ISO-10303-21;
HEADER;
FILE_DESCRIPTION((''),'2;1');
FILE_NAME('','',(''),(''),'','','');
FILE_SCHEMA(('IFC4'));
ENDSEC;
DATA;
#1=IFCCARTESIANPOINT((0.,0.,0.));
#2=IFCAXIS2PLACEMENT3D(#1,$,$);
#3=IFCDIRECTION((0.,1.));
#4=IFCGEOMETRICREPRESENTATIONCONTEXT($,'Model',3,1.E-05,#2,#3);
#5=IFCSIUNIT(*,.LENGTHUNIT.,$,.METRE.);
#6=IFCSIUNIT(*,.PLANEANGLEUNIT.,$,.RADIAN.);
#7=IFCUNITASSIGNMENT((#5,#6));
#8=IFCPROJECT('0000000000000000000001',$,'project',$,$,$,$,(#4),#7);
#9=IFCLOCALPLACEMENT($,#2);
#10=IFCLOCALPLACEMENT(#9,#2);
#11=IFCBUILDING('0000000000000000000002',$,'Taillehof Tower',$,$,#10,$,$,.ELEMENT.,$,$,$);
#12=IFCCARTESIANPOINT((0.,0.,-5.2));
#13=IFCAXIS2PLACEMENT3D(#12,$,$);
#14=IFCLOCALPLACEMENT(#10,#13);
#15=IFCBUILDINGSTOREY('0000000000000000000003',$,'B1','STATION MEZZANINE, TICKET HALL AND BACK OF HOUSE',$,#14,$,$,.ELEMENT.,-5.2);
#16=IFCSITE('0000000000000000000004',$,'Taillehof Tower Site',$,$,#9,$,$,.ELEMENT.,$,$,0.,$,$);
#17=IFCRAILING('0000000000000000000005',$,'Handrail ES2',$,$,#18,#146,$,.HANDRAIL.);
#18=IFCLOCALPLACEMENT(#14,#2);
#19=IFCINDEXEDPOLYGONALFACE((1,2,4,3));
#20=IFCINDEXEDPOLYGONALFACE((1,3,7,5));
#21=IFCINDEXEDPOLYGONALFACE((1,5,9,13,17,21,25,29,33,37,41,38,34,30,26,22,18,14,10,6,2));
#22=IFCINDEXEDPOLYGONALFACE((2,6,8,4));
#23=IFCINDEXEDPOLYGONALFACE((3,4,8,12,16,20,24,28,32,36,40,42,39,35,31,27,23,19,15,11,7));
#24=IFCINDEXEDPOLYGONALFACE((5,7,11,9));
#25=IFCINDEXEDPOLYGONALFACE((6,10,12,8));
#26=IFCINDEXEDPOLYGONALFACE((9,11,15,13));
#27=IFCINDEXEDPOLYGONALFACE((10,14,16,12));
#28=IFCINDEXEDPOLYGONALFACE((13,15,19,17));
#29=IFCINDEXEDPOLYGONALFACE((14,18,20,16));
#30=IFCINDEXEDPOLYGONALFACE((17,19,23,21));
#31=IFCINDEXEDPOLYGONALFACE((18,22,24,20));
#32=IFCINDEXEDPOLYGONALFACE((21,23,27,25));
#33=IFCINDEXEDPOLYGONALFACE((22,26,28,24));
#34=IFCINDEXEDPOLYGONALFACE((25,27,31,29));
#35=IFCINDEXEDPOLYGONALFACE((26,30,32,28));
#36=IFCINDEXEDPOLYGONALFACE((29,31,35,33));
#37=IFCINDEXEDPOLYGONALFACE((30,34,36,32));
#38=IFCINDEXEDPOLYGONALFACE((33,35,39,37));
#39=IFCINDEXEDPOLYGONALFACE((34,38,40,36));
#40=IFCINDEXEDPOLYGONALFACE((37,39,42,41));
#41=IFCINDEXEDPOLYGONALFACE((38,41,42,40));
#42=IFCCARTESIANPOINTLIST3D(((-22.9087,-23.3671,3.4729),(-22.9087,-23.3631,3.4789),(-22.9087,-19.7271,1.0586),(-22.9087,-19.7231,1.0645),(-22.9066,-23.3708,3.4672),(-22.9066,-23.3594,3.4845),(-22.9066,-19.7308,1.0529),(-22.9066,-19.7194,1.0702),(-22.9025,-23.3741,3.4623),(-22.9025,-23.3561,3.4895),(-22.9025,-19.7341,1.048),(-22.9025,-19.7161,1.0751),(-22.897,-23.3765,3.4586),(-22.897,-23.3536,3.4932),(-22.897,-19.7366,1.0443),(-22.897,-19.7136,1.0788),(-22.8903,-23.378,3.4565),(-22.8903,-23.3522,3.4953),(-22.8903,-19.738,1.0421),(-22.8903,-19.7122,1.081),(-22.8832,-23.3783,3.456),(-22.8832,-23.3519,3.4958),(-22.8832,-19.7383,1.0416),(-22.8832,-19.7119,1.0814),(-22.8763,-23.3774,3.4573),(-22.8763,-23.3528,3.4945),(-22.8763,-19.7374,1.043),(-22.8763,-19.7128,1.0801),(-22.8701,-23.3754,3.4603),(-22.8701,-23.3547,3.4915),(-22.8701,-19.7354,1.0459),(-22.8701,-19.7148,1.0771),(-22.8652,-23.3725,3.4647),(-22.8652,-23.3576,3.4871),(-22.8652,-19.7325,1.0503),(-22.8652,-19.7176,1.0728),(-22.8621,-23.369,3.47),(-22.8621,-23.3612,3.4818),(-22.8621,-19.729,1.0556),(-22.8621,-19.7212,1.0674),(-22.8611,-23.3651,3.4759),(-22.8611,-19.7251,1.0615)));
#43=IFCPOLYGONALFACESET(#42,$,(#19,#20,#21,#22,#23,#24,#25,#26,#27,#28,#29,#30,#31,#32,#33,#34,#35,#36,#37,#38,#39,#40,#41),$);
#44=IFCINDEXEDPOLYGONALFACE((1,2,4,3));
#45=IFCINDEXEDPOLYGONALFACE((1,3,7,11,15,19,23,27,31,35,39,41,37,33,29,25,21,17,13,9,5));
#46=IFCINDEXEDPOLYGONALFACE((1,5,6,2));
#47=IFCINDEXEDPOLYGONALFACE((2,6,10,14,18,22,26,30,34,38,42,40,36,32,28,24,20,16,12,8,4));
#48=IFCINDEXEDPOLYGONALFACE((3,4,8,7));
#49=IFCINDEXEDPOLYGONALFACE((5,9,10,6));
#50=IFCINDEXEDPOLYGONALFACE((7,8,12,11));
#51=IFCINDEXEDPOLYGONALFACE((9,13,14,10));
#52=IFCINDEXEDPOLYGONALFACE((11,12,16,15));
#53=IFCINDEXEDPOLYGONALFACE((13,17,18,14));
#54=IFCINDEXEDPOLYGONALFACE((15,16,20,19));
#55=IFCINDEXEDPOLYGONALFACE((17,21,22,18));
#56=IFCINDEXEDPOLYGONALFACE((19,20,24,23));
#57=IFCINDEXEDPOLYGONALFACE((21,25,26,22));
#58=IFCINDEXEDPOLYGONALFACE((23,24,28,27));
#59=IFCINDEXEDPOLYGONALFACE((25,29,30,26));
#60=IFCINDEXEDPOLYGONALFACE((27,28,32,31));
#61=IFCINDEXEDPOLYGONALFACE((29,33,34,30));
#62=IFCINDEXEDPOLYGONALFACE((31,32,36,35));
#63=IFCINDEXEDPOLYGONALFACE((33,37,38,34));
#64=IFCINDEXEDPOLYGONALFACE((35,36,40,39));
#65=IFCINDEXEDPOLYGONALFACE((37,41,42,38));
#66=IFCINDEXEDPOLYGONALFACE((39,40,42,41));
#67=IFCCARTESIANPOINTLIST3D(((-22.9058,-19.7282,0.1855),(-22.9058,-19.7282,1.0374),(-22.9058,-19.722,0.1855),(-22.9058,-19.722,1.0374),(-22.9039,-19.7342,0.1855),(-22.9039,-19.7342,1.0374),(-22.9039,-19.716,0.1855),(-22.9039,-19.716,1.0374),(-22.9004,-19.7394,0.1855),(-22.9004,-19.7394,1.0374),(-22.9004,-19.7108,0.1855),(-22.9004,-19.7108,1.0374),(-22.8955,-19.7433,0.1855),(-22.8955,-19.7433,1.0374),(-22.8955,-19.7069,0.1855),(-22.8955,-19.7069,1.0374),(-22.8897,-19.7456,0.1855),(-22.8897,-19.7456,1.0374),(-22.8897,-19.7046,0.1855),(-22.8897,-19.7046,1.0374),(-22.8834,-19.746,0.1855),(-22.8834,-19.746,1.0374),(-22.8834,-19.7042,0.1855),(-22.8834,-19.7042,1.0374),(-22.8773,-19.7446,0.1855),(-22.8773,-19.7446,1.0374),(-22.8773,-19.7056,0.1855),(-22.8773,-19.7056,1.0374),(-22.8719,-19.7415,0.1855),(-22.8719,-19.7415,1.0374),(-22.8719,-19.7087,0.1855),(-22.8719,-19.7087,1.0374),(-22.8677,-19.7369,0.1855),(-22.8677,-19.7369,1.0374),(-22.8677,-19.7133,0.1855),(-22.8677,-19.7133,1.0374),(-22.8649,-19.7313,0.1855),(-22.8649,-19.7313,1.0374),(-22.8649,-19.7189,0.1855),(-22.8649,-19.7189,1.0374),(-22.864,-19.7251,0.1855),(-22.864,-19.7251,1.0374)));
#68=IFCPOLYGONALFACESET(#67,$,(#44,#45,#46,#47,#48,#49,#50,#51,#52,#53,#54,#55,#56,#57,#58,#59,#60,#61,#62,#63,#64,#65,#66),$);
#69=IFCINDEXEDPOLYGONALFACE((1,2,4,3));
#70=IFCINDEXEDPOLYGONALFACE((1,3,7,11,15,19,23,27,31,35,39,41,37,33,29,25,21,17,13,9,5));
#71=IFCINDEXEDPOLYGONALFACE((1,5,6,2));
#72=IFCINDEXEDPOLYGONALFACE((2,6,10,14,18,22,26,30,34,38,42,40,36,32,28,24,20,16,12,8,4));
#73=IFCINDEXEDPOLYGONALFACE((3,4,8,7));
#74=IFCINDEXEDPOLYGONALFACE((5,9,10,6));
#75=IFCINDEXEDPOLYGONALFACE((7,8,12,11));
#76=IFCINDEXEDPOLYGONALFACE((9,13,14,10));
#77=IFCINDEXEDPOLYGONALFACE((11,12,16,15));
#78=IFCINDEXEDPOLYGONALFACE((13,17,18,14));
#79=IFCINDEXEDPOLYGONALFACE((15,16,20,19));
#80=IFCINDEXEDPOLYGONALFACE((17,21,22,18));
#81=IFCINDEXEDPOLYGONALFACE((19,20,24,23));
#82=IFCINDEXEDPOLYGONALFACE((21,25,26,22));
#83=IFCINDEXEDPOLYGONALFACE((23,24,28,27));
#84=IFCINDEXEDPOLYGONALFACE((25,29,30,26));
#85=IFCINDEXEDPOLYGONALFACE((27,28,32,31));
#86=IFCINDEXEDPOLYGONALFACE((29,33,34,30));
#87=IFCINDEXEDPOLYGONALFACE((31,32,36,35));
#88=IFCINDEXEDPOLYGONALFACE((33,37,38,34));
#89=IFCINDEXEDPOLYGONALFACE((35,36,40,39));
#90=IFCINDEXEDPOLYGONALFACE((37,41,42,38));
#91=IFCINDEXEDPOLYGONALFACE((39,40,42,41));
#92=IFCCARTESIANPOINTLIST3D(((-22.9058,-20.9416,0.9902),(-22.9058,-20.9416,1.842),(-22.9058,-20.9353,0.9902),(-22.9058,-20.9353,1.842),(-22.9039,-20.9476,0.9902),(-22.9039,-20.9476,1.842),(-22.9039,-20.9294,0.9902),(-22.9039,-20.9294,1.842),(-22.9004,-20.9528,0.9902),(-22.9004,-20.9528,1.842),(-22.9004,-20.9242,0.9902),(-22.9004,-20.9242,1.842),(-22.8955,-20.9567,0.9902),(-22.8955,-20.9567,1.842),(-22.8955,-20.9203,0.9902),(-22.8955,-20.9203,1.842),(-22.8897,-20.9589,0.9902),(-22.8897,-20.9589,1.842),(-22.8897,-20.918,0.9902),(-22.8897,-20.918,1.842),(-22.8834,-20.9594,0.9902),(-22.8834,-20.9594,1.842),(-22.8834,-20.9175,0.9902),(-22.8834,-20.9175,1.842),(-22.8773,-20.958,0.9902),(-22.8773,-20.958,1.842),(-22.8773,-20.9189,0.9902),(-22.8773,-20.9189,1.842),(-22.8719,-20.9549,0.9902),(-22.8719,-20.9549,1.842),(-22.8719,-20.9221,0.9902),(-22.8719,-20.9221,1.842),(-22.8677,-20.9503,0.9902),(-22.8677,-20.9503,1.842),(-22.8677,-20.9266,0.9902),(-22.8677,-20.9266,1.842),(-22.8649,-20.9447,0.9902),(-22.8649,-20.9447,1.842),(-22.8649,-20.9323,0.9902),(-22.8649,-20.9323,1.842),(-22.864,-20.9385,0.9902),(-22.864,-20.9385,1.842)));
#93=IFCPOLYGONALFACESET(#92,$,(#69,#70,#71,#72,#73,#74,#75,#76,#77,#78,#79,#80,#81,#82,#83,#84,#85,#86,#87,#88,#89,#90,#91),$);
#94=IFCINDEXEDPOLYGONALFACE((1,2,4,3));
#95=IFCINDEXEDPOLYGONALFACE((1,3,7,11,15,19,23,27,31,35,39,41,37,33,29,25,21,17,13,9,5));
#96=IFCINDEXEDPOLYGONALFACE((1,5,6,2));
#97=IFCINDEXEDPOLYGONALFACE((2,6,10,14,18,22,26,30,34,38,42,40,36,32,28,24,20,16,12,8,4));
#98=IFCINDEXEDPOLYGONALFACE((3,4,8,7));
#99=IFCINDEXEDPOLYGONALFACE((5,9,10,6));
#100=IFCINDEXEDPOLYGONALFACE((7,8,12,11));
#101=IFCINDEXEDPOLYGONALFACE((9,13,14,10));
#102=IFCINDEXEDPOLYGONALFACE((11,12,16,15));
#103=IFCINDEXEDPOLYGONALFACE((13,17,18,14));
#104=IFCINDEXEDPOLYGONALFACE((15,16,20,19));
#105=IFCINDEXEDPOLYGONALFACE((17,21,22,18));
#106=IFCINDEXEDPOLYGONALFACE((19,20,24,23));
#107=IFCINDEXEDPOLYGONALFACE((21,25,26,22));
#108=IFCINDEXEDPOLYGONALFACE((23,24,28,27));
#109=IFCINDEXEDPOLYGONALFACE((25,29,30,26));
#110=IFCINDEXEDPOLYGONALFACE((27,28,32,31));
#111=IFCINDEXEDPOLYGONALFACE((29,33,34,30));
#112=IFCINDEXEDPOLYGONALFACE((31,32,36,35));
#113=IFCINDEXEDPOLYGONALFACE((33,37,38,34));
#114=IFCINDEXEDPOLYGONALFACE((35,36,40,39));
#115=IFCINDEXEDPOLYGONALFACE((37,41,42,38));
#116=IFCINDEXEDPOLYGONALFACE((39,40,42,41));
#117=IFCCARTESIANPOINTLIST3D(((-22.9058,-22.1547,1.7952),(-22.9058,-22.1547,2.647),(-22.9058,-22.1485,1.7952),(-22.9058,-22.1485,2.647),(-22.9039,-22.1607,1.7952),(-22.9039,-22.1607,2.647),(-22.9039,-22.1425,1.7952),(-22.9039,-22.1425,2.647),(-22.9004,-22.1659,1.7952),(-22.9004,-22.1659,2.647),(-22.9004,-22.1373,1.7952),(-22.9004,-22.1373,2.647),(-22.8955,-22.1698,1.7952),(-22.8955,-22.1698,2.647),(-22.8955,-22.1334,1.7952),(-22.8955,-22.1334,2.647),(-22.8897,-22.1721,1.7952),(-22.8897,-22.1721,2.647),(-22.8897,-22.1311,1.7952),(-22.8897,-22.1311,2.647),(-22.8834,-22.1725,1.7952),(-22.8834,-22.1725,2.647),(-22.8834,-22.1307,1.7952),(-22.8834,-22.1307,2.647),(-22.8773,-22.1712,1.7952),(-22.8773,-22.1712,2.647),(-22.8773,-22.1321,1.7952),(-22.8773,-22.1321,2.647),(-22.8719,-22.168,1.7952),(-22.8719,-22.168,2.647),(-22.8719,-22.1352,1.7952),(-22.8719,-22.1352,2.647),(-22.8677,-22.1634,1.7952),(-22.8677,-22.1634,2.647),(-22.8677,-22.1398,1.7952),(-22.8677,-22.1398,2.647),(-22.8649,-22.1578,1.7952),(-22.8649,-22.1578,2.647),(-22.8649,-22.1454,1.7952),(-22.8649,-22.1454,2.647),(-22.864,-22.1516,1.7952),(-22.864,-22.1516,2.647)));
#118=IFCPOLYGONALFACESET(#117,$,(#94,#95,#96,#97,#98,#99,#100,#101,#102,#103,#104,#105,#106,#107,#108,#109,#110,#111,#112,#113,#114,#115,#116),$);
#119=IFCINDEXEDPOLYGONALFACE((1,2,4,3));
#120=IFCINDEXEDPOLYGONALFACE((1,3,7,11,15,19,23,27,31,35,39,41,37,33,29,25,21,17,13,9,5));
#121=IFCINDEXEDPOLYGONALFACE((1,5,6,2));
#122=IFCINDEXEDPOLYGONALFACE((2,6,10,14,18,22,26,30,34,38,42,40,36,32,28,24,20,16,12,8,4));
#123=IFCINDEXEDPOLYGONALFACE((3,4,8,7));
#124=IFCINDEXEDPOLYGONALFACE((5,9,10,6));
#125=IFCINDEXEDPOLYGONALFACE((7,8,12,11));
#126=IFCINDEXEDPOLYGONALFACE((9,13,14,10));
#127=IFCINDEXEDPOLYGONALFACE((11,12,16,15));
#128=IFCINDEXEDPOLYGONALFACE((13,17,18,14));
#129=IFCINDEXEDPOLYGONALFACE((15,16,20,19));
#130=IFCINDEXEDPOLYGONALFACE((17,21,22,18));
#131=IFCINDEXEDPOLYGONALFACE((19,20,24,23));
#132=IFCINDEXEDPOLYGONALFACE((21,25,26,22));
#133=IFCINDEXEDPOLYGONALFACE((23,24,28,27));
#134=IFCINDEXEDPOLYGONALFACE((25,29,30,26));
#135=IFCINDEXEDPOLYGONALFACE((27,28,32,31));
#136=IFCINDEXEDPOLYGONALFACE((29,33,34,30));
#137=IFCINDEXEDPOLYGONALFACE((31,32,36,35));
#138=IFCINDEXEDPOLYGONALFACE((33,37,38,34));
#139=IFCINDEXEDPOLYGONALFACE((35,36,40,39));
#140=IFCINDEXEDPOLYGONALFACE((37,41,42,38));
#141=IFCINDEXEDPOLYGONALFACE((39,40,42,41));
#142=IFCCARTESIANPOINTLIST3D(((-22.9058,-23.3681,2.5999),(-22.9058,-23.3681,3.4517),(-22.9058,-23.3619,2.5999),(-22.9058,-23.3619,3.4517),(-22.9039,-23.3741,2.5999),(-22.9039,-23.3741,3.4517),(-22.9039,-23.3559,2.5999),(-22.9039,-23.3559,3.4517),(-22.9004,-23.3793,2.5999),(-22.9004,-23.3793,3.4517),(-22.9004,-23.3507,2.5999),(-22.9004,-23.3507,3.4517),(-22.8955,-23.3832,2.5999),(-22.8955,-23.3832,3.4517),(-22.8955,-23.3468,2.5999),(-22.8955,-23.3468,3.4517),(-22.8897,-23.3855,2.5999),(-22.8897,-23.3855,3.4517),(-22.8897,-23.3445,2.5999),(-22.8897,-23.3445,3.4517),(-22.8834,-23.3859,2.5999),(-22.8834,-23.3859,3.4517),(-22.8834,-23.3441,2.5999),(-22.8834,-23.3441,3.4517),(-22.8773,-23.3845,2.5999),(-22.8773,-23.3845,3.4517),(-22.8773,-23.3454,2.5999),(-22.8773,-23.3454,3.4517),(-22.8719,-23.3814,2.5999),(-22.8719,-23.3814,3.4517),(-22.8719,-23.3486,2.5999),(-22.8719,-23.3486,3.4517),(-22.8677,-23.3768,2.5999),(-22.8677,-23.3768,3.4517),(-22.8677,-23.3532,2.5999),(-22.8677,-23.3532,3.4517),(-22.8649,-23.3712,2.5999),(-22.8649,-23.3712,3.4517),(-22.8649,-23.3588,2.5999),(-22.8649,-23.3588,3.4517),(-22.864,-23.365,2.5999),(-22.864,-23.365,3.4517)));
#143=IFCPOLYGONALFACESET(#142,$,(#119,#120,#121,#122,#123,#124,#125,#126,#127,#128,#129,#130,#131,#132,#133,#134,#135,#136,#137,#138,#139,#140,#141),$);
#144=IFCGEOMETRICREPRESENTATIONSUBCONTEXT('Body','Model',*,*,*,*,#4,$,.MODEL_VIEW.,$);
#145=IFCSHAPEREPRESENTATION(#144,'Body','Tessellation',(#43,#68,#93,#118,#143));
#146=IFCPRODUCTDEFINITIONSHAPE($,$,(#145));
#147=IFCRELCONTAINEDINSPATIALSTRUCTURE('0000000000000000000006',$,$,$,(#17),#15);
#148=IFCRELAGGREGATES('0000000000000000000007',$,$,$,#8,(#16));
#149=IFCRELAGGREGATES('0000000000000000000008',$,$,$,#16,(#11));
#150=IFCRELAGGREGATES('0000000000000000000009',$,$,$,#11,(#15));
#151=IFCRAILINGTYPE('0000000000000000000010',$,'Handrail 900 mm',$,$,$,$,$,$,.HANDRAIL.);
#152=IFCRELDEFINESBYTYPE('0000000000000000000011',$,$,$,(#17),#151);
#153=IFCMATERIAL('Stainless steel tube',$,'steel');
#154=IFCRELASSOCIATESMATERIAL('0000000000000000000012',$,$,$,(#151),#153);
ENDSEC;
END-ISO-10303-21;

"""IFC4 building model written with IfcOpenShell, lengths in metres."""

from ifc_helpers import new_model, si_unit, direction, frame, origin, origin_2d, place, context, subcontext, project, spatial, circle, extrude, material, type_object, element, save


model = new_model("IFC4")

# Units and contexts
model_context = context("Model", 3, precision=1e-05, world=origin(), true_north=direction((0.0, 1.0)))
body_context = subcontext(model_context, "Body", "Model", "MODEL_VIEW")
ifc_project = project(units=[si_unit("LENGTHUNIT", "METRE"), si_unit("PLANEANGLEUNIT", "RADIAN")], contexts=[model_context])

# Site, building, storey
site_placement = place(None, origin())
site = spatial("IfcSite", under=ifc_project, at=site_placement, Name="Taillehof Tower Site", CompositionType="ELEMENT", RefElevation=0.0)
building_placement = place(site_placement, origin())
building = spatial("IfcBuilding", under=site, at=building_placement, Name="Taillehof Tower", CompositionType="ELEMENT")
storey_placement = place(building_placement, frame((0.0, 0.0, -5.2)))
storey = spatial("IfcBuildingStorey", under=building, at=storey_placement, Name="B1", Description="STATION MEZZANINE, TICKET HALL AND BACK OF HOUSE", CompositionType="ELEMENT", Elevation=-5.2)

# Railing
ifc_material_1 = material(Name="Stainless steel tube", Category="steel")
railing_type_1 = type_object("IfcRailingType", Name="Handrail 900 mm", PredefinedType="HANDRAIL", material=ifc_material_1)
for number, where, name in (
    (1, (-22.885, -19.7251, 0.1855), "Handrail ES2"),
):
    element("IfcRailing", number, at=place(storey_placement, frame(where)), inside=storey, type_object=railing_type_1, Name=name, PredefinedType="HANDRAIL", context=body_context, shape_type="SweptSolid", body=[
        extrude(circle(Radius=0.0239, at=origin_2d()), frame((0.0, 0.0, 0.876), z_axis=(0.0, -0.833347, 0.552751), x_axis=(1.0, 0.0, 0.0)), (0.0, 0.0, 1.0), 4.3679),
        extrude(circle(Radius=0.021, at=origin_2d()), origin(), (0.0, 0.0, 1.0), 0.8518),
        extrude(circle(Radius=0.021, at=origin_2d()), frame((0.0, -1.2134, 0.8047)), (0.0, 0.0, 1.0), 0.8518),
        extrude(circle(Radius=0.021, at=origin_2d()), frame((0.0, -2.4265, 1.6096)), (0.0, 0.0, 1.0), 0.8518),
        extrude(circle(Radius=0.021, at=origin_2d()), frame((0.0, -3.6399, 2.4143)), (0.0, 0.0, 1.0), 0.8518),
    ])

save(model, "model.ifc")
